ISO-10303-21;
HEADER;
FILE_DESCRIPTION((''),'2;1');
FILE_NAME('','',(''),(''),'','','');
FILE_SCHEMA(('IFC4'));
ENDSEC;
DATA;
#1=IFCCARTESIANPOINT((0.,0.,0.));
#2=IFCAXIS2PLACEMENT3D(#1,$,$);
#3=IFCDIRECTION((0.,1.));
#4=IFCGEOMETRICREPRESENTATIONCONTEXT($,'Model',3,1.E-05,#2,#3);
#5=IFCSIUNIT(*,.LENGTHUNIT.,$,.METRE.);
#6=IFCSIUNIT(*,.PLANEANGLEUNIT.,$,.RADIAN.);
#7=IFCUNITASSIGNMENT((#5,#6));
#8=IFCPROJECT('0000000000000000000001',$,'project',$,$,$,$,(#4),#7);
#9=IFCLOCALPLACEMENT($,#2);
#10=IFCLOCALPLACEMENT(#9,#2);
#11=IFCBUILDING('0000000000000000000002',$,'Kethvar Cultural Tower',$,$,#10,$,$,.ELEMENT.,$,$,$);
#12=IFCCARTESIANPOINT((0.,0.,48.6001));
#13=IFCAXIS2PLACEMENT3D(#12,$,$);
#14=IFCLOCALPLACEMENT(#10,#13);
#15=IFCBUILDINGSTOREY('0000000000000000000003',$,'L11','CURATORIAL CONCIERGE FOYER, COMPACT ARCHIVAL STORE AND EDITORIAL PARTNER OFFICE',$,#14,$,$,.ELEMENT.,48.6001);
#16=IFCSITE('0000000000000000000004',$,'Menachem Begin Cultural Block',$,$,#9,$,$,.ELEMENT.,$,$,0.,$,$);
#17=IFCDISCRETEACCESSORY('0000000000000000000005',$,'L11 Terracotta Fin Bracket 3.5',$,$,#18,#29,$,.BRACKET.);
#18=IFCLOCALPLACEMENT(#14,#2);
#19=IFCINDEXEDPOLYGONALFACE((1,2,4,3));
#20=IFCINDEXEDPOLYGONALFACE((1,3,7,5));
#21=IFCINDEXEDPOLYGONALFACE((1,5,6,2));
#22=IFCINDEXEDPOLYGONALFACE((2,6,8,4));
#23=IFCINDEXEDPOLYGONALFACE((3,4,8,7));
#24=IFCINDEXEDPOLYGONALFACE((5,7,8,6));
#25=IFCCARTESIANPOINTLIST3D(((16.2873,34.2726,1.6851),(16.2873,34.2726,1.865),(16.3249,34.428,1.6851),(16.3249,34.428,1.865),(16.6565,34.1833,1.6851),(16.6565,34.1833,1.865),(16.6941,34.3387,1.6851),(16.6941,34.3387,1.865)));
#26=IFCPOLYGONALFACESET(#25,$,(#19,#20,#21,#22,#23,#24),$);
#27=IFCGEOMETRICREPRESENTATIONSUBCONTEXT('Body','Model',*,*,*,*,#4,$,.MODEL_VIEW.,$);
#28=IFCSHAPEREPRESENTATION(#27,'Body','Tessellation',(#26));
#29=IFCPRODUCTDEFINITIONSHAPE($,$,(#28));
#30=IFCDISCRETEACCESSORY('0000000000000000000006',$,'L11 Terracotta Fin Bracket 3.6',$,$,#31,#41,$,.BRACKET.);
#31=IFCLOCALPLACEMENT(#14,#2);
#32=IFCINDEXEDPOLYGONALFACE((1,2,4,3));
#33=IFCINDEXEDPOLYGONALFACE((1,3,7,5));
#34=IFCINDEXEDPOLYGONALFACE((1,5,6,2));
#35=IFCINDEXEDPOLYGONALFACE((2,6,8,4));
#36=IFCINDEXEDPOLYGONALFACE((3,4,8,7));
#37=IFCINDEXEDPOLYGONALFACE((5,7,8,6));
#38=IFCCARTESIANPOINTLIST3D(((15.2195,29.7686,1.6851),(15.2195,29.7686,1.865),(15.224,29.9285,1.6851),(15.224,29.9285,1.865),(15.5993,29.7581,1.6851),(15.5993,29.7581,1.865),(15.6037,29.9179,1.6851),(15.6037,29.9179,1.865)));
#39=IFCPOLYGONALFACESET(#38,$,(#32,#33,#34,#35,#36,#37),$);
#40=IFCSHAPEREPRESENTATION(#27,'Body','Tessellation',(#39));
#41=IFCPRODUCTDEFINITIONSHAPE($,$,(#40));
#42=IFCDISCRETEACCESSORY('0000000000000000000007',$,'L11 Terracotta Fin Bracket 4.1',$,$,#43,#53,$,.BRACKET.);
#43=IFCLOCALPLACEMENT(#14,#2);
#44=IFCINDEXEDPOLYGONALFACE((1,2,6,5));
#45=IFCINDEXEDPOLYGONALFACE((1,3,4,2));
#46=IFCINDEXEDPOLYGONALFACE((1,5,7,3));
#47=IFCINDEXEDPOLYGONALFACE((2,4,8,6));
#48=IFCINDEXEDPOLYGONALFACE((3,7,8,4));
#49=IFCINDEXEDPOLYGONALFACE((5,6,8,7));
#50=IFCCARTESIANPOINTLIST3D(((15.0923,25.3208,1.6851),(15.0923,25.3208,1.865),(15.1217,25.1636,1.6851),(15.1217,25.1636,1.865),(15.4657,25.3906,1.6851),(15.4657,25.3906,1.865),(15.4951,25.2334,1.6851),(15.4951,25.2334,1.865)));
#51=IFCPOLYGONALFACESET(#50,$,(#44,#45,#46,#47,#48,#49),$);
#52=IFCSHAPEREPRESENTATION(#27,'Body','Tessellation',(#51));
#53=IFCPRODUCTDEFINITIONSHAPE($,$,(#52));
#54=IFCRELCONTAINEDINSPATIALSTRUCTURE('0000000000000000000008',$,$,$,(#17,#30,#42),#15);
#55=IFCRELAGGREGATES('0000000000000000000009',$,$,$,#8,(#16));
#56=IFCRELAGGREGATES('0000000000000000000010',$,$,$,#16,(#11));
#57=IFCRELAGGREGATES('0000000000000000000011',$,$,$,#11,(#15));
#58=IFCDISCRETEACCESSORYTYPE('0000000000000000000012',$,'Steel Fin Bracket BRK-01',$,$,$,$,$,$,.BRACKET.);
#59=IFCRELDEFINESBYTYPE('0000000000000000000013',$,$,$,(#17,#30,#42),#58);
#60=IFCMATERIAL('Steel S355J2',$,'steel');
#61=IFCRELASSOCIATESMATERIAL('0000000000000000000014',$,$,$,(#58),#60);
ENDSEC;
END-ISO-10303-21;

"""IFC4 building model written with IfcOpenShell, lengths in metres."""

from ifc_helpers import new_model, si_unit, direction, frame, origin, origin_2d, place, context, subcontext, project, spatial, rectangle, extrude, source, transform, mapped, material, type_object, element, save


model = new_model("IFC4")

# Units and contexts
model_context = context("Model", 3, precision=1e-05, world=origin(), true_north=direction((0.0, 1.0)))
body_context = subcontext(model_context, "Body", "Model", "MODEL_VIEW")
ifc_project = project(units=[si_unit("LENGTHUNIT", "METRE"), si_unit("PLANEANGLEUNIT", "RADIAN")], contexts=[model_context])

# Site, building, storey
site_placement = place(None, origin())
site = spatial("IfcSite", under=ifc_project, at=site_placement, Name="Menachem Begin Cultural Block", CompositionType="ELEMENT", RefElevation=0.0)
building_placement = place(site_placement, origin())
building = spatial("IfcBuilding", under=site, at=building_placement, Name="Kethvar Cultural Tower", CompositionType="ELEMENT")
storey_placement = place(building_placement, frame((0.0, 0.0, 48.6001)))
storey = spatial("IfcBuildingStorey", under=building, at=storey_placement, Name="L11", Description="CURATORIAL CONCIERGE FOYER, COMPACT ARCHIVAL STORE AND EDITORIAL PARTNER OFFICE", CompositionType="ELEMENT", Elevation=48.6001)

# Shared definitions
ifc_material_1 = material(Name="Steel S355J2", Category="steel")

# Discrete accessories
discrete_accessory_type = type_object("IfcDiscreteAccessoryType", Name="Steel Fin Bracket BRK-01", PredefinedType="BRACKET", material=ifc_material_1)
shared_shape_1 = source(origin(), body_context, "Body", "SweptSolid", [
    extrude(rectangle(XDim=0.3799, YDim=0.1599, at=origin_2d()), origin(), (0.0, 0.0, 1.0), 0.1799),
])
for number, where, z_axis, x_axis, name in (
    (1, (16.4907, 34.3057, 1.6851), (0.0, 0.0, 1.0), (-0.971961, 0.235142, 0.0), "L11 Terracotta Fin Bracket 3.5"),
    (2, (15.4116, 29.8433, 1.6851), (0.0, 0.0, 1.0), (-0.999615, 0.027747, 0.0), "L11 Terracotta Fin Bracket 3.6"),
    (3, (15.2937, 25.2771, 1.6851), (0.0, 0.0, 1.0), (-0.982967, -0.18378, 0.0), "L11 Terracotta Fin Bracket 4.1"),
):
    element("IfcDiscreteAccessory", number, at=place(storey_placement, frame(where, z_axis=z_axis, x_axis=x_axis)), inside=storey, type_object=discrete_accessory_type, Name=name, PredefinedType="BRACKET", context=body_context, shape_type="MappedRepresentation", body=[
        mapped(shared_shape_1, transform((0.0, 0.0, 0.0), scale=1.0)),
    ])

save(model, "model.ifc")
